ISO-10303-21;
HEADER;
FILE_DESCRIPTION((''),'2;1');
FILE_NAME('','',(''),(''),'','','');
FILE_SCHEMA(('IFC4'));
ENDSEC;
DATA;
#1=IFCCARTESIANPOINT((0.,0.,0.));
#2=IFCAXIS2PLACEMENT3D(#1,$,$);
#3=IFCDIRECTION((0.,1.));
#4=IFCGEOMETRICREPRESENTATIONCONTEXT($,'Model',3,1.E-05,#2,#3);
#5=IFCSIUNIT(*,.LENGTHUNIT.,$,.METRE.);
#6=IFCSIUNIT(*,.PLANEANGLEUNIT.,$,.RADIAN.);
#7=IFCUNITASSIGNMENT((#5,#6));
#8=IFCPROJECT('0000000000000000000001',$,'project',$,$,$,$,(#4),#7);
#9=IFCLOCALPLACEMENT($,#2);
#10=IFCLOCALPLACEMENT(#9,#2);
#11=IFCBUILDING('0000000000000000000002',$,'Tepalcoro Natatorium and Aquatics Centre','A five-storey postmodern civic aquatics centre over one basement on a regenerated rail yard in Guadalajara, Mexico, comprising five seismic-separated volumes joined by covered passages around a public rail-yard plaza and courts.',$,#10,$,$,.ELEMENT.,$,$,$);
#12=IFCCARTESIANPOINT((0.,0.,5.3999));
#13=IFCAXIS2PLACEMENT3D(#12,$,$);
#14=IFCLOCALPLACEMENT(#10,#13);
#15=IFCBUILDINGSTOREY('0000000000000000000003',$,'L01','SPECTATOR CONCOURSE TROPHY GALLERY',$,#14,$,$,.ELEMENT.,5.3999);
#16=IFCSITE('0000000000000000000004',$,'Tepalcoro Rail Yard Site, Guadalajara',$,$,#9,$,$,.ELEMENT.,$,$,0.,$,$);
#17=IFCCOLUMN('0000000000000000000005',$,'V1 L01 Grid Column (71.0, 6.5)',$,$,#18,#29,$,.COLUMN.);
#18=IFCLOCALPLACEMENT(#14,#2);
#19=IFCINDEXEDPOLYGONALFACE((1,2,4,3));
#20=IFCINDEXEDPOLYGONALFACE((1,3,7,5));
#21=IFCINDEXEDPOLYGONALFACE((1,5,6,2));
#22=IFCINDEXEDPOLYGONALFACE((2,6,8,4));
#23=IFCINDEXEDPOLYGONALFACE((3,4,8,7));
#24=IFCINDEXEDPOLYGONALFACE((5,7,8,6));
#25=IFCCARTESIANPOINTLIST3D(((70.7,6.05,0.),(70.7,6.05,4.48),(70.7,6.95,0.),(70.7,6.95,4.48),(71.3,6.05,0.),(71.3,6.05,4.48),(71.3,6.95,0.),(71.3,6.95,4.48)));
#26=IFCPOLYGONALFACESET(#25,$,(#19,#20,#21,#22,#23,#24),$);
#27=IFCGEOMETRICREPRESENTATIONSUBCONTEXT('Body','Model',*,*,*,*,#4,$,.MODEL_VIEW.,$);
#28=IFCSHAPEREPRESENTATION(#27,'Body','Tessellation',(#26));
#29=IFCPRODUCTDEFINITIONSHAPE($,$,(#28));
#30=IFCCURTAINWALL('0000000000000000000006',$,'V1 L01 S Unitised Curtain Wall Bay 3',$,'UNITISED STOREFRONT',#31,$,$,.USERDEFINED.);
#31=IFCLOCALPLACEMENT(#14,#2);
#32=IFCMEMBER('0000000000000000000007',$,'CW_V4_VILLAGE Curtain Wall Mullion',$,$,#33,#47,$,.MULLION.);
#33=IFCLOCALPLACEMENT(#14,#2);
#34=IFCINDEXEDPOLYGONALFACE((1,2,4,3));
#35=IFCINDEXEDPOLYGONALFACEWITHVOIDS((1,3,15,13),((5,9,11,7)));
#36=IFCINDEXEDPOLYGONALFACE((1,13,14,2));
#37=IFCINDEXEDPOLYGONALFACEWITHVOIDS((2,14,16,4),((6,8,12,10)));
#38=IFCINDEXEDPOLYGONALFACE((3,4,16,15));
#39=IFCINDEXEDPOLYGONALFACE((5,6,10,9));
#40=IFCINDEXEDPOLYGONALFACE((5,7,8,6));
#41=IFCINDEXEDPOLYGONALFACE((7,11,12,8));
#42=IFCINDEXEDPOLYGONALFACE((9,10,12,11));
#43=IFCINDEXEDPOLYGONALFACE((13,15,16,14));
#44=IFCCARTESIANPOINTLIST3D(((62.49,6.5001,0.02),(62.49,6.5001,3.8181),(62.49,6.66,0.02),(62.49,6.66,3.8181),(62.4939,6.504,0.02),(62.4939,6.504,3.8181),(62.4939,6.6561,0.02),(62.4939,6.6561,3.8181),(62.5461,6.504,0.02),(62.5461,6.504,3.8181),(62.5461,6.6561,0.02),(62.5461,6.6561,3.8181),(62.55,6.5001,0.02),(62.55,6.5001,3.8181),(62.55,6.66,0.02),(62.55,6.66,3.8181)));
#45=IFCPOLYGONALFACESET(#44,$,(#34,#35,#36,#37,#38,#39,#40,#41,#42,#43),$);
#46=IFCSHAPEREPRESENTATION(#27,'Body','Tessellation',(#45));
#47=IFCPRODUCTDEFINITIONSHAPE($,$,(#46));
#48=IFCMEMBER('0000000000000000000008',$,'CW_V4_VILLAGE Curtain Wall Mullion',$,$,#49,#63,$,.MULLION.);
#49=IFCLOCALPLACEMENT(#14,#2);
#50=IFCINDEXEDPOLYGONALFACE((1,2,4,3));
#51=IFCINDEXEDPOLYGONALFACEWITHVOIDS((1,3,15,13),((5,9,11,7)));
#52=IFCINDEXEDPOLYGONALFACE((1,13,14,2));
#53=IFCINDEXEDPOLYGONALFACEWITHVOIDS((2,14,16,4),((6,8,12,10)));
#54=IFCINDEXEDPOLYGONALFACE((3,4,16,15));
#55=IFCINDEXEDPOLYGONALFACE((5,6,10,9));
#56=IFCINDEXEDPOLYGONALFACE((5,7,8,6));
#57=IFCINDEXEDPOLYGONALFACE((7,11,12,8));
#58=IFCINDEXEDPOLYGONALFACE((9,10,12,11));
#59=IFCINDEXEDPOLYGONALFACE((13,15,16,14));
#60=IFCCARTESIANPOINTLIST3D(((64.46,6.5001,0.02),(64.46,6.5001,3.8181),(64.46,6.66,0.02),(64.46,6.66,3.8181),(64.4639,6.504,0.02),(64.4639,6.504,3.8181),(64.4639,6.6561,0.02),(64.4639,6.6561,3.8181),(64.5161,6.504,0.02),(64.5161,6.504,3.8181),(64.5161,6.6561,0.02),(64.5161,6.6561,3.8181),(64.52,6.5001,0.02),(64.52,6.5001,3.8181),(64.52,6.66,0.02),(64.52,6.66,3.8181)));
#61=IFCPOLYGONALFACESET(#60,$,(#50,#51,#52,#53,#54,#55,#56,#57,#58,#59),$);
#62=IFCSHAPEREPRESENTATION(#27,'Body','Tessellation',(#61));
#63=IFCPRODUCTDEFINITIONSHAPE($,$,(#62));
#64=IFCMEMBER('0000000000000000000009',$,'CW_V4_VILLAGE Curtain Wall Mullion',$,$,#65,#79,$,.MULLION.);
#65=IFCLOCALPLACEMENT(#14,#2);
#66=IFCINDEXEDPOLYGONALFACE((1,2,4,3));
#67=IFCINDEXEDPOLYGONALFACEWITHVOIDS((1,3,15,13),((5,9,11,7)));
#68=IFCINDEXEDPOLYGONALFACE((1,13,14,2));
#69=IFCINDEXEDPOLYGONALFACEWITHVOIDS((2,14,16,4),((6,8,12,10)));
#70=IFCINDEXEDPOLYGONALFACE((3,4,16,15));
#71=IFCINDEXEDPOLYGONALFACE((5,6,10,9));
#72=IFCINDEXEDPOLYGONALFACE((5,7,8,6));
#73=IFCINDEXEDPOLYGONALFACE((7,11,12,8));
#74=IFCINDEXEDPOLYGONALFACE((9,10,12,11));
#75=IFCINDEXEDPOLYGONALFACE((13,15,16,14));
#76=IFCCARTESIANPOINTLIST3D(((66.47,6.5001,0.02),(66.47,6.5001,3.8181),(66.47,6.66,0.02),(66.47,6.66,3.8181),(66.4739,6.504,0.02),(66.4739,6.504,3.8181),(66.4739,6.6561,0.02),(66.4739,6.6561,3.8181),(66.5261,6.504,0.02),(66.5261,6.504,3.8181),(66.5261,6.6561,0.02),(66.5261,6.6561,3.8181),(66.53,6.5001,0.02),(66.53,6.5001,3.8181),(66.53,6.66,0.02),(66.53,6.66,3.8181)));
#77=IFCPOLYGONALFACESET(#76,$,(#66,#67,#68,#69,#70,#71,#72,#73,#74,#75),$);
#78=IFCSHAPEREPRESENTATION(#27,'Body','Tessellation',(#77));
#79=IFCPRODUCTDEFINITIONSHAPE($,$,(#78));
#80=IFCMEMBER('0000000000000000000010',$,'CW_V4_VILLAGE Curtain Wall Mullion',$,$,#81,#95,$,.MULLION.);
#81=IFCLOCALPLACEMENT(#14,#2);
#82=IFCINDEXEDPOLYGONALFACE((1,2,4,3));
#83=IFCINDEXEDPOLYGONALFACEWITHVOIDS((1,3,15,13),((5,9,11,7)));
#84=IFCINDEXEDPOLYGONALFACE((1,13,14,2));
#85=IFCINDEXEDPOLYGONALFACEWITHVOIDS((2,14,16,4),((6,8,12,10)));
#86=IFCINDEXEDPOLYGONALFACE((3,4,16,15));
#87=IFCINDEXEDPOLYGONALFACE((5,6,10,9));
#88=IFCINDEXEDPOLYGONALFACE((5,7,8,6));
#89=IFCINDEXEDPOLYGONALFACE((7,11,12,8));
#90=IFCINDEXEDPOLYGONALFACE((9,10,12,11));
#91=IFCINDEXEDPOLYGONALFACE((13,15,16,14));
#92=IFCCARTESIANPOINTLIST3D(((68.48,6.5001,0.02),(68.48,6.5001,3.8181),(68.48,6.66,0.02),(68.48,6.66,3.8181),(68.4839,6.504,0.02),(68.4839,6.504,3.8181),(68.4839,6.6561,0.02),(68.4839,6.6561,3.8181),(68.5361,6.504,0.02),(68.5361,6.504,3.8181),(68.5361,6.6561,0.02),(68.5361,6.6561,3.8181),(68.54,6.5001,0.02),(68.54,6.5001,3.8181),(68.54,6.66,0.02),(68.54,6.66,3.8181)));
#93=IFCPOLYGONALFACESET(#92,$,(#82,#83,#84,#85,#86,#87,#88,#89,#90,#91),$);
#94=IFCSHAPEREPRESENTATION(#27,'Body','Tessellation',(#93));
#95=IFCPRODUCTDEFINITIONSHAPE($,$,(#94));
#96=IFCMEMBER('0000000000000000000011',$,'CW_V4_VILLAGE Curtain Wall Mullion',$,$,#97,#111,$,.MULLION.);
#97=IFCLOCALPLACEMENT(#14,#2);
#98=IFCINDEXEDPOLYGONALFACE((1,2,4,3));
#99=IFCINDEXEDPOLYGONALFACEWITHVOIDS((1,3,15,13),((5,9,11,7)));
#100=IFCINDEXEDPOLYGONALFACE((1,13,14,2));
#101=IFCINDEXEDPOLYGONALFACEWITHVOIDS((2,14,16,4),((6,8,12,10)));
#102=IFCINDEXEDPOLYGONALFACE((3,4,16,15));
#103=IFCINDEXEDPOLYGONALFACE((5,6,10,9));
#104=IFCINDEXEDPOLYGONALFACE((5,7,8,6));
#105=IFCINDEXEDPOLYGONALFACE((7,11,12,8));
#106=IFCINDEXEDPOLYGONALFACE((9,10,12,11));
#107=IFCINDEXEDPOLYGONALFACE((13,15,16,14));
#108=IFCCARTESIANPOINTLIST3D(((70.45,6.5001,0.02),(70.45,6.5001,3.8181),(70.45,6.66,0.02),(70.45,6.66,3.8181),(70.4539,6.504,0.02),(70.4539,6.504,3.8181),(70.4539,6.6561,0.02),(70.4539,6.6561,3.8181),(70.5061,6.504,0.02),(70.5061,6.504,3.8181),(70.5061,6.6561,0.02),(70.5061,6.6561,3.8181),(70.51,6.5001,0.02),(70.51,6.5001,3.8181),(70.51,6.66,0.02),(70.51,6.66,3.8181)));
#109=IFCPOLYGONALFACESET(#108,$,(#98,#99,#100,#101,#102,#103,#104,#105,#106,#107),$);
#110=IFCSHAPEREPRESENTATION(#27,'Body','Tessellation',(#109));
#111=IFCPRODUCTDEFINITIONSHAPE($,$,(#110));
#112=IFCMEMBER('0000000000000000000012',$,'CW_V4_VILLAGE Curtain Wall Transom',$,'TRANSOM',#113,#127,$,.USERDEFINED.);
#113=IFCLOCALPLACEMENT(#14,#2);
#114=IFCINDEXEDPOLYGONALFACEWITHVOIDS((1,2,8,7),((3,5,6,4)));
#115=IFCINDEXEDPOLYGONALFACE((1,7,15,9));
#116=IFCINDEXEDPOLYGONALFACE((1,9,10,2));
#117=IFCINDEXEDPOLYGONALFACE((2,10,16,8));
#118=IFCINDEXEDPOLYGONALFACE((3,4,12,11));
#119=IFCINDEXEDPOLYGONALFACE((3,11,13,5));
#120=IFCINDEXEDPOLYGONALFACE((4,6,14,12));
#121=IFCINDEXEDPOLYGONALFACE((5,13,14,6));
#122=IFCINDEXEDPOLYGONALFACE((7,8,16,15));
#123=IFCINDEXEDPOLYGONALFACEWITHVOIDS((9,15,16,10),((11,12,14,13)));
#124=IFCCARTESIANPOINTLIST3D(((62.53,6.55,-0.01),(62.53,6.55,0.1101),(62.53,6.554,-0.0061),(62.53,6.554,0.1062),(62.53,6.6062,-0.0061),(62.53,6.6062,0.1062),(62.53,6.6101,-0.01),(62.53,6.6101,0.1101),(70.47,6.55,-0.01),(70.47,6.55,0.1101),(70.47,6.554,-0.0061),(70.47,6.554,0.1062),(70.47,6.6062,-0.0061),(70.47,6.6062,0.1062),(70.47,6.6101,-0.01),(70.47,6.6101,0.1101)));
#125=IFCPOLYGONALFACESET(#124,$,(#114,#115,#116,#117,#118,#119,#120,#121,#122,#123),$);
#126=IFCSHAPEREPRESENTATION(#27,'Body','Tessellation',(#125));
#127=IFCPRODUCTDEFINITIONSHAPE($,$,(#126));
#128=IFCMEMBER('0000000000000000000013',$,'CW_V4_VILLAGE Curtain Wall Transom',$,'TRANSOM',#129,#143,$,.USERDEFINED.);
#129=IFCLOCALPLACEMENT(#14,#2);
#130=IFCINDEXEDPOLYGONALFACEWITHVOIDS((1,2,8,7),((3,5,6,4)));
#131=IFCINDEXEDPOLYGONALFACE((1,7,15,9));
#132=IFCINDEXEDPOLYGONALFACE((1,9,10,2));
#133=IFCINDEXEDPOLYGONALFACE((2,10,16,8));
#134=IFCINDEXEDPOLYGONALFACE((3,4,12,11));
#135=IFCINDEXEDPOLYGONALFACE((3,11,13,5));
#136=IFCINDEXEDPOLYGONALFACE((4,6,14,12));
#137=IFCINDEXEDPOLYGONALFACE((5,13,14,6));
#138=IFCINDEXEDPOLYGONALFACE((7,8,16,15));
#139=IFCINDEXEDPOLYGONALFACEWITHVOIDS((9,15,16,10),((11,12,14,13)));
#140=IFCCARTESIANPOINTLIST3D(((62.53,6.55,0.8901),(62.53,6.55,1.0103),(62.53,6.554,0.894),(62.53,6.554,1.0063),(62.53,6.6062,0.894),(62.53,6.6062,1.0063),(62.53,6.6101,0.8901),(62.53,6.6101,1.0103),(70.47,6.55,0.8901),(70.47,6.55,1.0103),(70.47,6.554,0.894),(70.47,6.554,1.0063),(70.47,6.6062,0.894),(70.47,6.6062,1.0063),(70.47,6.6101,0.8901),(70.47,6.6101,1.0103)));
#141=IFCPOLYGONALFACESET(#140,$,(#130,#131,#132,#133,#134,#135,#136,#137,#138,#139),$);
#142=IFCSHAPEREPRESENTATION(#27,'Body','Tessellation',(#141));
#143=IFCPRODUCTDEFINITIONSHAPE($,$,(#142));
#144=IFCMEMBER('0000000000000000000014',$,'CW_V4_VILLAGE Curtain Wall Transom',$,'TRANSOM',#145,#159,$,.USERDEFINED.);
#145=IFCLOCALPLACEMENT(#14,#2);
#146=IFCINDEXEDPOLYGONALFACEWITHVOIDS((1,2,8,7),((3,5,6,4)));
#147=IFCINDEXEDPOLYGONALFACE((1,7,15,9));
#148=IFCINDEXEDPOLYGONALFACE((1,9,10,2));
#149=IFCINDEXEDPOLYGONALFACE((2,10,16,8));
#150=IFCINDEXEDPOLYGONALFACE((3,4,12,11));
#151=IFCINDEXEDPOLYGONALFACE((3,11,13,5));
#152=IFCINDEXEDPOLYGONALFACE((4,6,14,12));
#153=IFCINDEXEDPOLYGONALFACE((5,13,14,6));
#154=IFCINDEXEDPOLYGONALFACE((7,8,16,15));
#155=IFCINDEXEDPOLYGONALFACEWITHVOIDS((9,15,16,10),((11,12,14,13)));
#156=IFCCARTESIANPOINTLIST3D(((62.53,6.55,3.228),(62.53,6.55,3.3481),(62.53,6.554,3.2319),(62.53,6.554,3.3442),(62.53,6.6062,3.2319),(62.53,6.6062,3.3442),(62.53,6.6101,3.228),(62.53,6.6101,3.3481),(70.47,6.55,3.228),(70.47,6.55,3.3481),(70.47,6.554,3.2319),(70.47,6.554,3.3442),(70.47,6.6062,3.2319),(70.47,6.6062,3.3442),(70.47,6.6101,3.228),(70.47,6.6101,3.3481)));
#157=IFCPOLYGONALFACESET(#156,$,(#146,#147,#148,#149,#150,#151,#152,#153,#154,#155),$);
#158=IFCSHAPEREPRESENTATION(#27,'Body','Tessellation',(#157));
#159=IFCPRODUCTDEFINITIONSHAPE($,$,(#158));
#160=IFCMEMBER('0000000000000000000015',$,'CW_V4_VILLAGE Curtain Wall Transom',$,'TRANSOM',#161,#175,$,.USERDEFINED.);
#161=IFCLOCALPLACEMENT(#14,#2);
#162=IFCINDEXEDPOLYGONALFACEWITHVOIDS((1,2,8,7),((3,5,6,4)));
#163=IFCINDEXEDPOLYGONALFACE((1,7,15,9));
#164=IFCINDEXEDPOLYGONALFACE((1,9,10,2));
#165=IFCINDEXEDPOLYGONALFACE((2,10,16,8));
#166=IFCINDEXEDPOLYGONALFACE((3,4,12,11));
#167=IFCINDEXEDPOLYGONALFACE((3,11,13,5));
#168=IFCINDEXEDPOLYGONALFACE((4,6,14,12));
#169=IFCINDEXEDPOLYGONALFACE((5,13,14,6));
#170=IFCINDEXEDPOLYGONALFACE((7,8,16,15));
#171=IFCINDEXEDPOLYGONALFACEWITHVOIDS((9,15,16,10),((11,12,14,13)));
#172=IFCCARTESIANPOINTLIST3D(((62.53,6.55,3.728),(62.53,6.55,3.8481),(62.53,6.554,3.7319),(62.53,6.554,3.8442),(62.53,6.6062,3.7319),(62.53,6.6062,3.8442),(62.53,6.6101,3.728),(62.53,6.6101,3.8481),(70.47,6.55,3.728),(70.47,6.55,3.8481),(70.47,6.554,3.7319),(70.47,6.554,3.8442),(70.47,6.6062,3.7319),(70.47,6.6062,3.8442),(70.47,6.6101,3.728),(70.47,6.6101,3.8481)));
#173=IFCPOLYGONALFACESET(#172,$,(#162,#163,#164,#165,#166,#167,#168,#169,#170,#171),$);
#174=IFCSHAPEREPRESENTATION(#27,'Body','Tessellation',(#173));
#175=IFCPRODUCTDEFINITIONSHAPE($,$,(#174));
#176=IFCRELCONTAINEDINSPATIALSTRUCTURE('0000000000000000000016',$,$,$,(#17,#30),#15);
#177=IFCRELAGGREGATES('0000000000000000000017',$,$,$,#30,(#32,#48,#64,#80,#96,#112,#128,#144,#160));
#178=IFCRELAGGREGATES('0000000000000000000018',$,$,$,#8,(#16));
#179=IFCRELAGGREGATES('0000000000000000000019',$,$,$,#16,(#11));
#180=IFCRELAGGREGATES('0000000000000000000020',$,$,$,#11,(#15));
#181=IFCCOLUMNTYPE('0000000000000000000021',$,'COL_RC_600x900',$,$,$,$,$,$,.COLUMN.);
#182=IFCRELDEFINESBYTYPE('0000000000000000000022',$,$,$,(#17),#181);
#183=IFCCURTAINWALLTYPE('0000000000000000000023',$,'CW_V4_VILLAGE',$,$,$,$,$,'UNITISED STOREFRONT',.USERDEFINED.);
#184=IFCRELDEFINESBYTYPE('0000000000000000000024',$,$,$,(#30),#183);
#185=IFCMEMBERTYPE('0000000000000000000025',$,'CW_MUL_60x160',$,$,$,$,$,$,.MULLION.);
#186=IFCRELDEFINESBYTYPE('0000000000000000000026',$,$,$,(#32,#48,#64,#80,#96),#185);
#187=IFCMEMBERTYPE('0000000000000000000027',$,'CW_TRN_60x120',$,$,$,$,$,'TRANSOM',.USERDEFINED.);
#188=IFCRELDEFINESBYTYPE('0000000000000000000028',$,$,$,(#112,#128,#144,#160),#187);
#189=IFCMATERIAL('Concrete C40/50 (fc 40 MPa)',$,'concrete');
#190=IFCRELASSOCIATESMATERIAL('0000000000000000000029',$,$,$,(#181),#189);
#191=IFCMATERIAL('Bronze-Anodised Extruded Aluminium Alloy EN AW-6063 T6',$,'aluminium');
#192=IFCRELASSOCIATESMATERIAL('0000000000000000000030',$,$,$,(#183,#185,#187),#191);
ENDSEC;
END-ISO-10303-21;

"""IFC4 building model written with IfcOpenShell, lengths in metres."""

from ifc_helpers import new_model, si_unit, direction, frame, origin, origin_2d, place, context, subcontext, project, spatial, rectangle, hollow_rectangle, extrude, material, material_profile, profile_set, type_object, element, aggregate, save


model = new_model("IFC4")

# Units and contexts
model_context = context("Model", 3, precision=1e-05, world=origin(), true_north=direction((0.0, 1.0)))
body_context = subcontext(model_context, "Body", "Model", "MODEL_VIEW")
ifc_project = project(units=[si_unit("LENGTHUNIT", "METRE"), si_unit("PLANEANGLEUNIT", "RADIAN")], contexts=[model_context])

# Site, building, storey
site_placement = place(None, origin())
site = spatial("IfcSite", under=ifc_project, at=site_placement, Name="Tepalcoro Rail Yard Site, Guadalajara", CompositionType="ELEMENT", RefElevation=0.0)
building_placement = place(site_placement, origin())
building = spatial("IfcBuilding", under=site, at=building_placement, Name="Tepalcoro Natatorium and Aquatics Centre", Description="A five-storey postmodern civic aquatics centre over one basement on a regenerated rail yard in Guadalajara, Mexico, comprising five seismic-separated volumes joined by covered passages around a public rail-yard plaza and courts.", CompositionType="ELEMENT")
storey_placement = place(building_placement, frame((0.0, 0.0, 5.3999)))
storey = spatial("IfcBuildingStorey", under=building, at=storey_placement, Name="L01", Description="SPECTATOR CONCOURSE TROPHY GALLERY", CompositionType="ELEMENT", Elevation=5.3999)

# Column
ifc_material_1 = material(Name="Concrete C40/50 (fc 40 MPa)", Category="concrete")
ifc_material_profile_1 = material_profile(ifc_material_1, rectangle(XDim=0.6001, YDim=0.8999, at=origin_2d()), Name="RC600x900")
ifc_profile_set_1 = profile_set([ifc_material_profile_1], Name="Concrete C40/50 (fc 40 MPa)")
column_type = type_object("IfcColumnType", Name="COL_RC_600x900", PredefinedType="COLUMN", material=ifc_profile_set_1)
column_placement = place(storey_placement, frame((71.0, 6.5, 0.0), z_axis=(0.0, 0.0, 1.0), x_axis=(1.0, 0.0, 0.0)))
element("IfcColumn", 1, at=column_placement, inside=storey, type_object=column_type, Name="V1 L01 Grid Column (71.0, 6.5)", PredefinedType="COLUMN", context=body_context, shape_type="SweptSolid", body=[
    extrude(rectangle(XDim=0.6001, YDim=0.8999, at=origin_2d()), origin(), (0.0, 0.0, 1.0), 4.48),
])

# Curtain wall, members
ifc_material_2 = material(Name="Bronze-Anodised Extruded Aluminium Alloy EN AW-6063 T6", Category="aluminium")
curtain_wall_type = type_object("IfcCurtainWallType", Name="CW_V4_VILLAGE", ElementType="UNITISED STOREFRONT", PredefinedType="USERDEFINED", material=ifc_material_2)
curtain_wall_placement = place(storey_placement, origin())
curtain_wall = element("IfcCurtainWall", 2, at=curtain_wall_placement, inside=storey, type_object=curtain_wall_type, Name="V1 L01 S Unitised Curtain Wall Bay 3", ObjectType="UNITISED STOREFRONT", PredefinedType="USERDEFINED")
ifc_material_profile_2 = material_profile(ifc_material_2, hollow_rectangle(XDim=0.0601, YDim=0.1599, WallThickness=0.0039, at=origin_2d()), Name="AL60X160X4")
ifc_profile_set_2 = profile_set([ifc_material_profile_2], Name="Bronze-Anodised Extruded Aluminium Alloy EN AW-6063 T6")
member_type_1 = type_object("IfcMemberType", Name="CW_MUL_60x160", PredefinedType="MULLION", material=ifc_profile_set_2)
member_1_placement = place(storey_placement, frame((62.52, 6.5801, 0.02), z_axis=(0.0, 0.0, 1.0), x_axis=(1.0, 0.0, 0.0)))
member_1 = element("IfcMember", 3, at=member_1_placement, type_object=member_type_1, Name="CW_V4_VILLAGE Curtain Wall Mullion", PredefinedType="MULLION", context=body_context, shape_type="SweptSolid", body=[
    extrude(hollow_rectangle(XDim=0.0601, YDim=0.1599, WallThickness=0.0039, at=origin_2d()), origin(), (0.0, 0.0, 1.0), 3.7981),
])
member_2_placement = place(storey_placement, frame((64.49, 6.5801, 0.02), z_axis=(0.0, 0.0, 1.0), x_axis=(1.0, 0.0, 0.0)))
member_2 = element("IfcMember", 4, at=member_2_placement, type_object=member_type_1, Name="CW_V4_VILLAGE Curtain Wall Mullion", PredefinedType="MULLION", context=body_context, shape_type="SweptSolid", body=[
    extrude(hollow_rectangle(XDim=0.0601, YDim=0.1599, WallThickness=0.0039, at=origin_2d()), origin(), (0.0, 0.0, 1.0), 3.7981),
])
member_3_placement = place(storey_placement, frame((66.5, 6.5801, 0.02), z_axis=(0.0, 0.0, 1.0), x_axis=(1.0, 0.0, 0.0)))
member_3 = element("IfcMember", 5, at=member_3_placement, type_object=member_type_1, Name="CW_V4_VILLAGE Curtain Wall Mullion", PredefinedType="MULLION", context=body_context, shape_type="SweptSolid", body=[
    extrude(hollow_rectangle(XDim=0.0601, YDim=0.1599, WallThickness=0.0039, at=origin_2d()), origin(), (0.0, 0.0, 1.0), 3.7981),
])
member_4_placement = place(storey_placement, frame((68.51, 6.5801, 0.02), z_axis=(0.0, 0.0, 1.0), x_axis=(1.0, 0.0, 0.0)))
member_4 = element("IfcMember", 6, at=member_4_placement, type_object=member_type_1, Name="CW_V4_VILLAGE Curtain Wall Mullion", PredefinedType="MULLION", context=body_context, shape_type="SweptSolid", body=[
    extrude(hollow_rectangle(XDim=0.0601, YDim=0.1599, WallThickness=0.0039, at=origin_2d()), origin(), (0.0, 0.0, 1.0), 3.7981),
])
member_5_placement = place(storey_placement, frame((70.48, 6.5801, 0.02), z_axis=(0.0, 0.0, 1.0), x_axis=(1.0, 0.0, 0.0)))
member_5 = element("IfcMember", 7, at=member_5_placement, type_object=member_type_1, Name="CW_V4_VILLAGE Curtain Wall Mullion", PredefinedType="MULLION", context=body_context, shape_type="SweptSolid", body=[
    extrude(hollow_rectangle(XDim=0.0601, YDim=0.1599, WallThickness=0.0039, at=origin_2d()), origin(), (0.0, 0.0, 1.0), 3.7981),
])
ifc_material_profile_3 = material_profile(ifc_material_2, hollow_rectangle(XDim=0.0601, YDim=0.1201, WallThickness=0.0039, at=origin_2d()), Name="AL60X120X4")
ifc_profile_set_3 = profile_set([ifc_material_profile_3], Name="Bronze-Anodised Extruded Aluminium Alloy EN AW-6063 T6")
member_type_2 = type_object("IfcMemberType", Name="CW_TRN_60x120", ElementType="TRANSOM", PredefinedType="USERDEFINED", material=ifc_profile_set_3)
member_6_placement = place(storey_placement, frame((62.53, 6.5801, 0.05), z_axis=(1.0, 0.0, 0.0), x_axis=(0.0, 1.0, 0.0)))
member_6 = element("IfcMember", 8, at=member_6_placement, type_object=member_type_2, Name="CW_V4_VILLAGE Curtain Wall Transom", ObjectType="TRANSOM", PredefinedType="USERDEFINED", context=body_context, shape_type="SweptSolid", body=[
    extrude(hollow_rectangle(XDim=0.0601, YDim=0.1201, WallThickness=0.0039, at=origin_2d()), origin(), (0.0, 0.0, 1.0), 7.9399),
])
member_7_placement = place(storey_placement, frame((62.53, 6.5801, 0.9502), z_axis=(1.0, 0.0, 0.0), x_axis=(0.0, 1.0, 0.0)))
member_7 = element("IfcMember", 9, at=member_7_placement, type_object=member_type_2, Name="CW_V4_VILLAGE Curtain Wall Transom", ObjectType="TRANSOM", PredefinedType="USERDEFINED", context=body_context, shape_type="SweptSolid", body=[
    extrude(hollow_rectangle(XDim=0.0601, YDim=0.1201, WallThickness=0.0039, at=origin_2d()), origin(), (0.0, 0.0, 1.0), 7.9399),
])
member_8_placement = place(storey_placement, frame((62.53, 6.5801, 3.2881), z_axis=(1.0, 0.0, 0.0), x_axis=(0.0, 1.0, 0.0)))
member_8 = element("IfcMember", 10, at=member_8_placement, type_object=member_type_2, Name="CW_V4_VILLAGE Curtain Wall Transom", ObjectType="TRANSOM", PredefinedType="USERDEFINED", context=body_context, shape_type="SweptSolid", body=[
    extrude(hollow_rectangle(XDim=0.0601, YDim=0.1201, WallThickness=0.0039, at=origin_2d()), origin(), (0.0, 0.0, 1.0), 7.9399),
])
member_9_placement = place(storey_placement, frame((62.53, 6.5801, 3.7881), z_axis=(1.0, 0.0, 0.0), x_axis=(0.0, 1.0, 0.0)))
member_9 = element("IfcMember", 11, at=member_9_placement, type_object=member_type_2, Name="CW_V4_VILLAGE Curtain Wall Transom", ObjectType="TRANSOM", PredefinedType="USERDEFINED", context=body_context, shape_type="SweptSolid", body=[
    extrude(hollow_rectangle(XDim=0.0601, YDim=0.1201, WallThickness=0.0039, at=origin_2d()), origin(), (0.0, 0.0, 1.0), 7.9399),
])

aggregate(curtain_wall, [member_1, member_2, member_3, member_4, member_5, member_6, member_7, member_8, member_9])

save(model, "model.ifc")
